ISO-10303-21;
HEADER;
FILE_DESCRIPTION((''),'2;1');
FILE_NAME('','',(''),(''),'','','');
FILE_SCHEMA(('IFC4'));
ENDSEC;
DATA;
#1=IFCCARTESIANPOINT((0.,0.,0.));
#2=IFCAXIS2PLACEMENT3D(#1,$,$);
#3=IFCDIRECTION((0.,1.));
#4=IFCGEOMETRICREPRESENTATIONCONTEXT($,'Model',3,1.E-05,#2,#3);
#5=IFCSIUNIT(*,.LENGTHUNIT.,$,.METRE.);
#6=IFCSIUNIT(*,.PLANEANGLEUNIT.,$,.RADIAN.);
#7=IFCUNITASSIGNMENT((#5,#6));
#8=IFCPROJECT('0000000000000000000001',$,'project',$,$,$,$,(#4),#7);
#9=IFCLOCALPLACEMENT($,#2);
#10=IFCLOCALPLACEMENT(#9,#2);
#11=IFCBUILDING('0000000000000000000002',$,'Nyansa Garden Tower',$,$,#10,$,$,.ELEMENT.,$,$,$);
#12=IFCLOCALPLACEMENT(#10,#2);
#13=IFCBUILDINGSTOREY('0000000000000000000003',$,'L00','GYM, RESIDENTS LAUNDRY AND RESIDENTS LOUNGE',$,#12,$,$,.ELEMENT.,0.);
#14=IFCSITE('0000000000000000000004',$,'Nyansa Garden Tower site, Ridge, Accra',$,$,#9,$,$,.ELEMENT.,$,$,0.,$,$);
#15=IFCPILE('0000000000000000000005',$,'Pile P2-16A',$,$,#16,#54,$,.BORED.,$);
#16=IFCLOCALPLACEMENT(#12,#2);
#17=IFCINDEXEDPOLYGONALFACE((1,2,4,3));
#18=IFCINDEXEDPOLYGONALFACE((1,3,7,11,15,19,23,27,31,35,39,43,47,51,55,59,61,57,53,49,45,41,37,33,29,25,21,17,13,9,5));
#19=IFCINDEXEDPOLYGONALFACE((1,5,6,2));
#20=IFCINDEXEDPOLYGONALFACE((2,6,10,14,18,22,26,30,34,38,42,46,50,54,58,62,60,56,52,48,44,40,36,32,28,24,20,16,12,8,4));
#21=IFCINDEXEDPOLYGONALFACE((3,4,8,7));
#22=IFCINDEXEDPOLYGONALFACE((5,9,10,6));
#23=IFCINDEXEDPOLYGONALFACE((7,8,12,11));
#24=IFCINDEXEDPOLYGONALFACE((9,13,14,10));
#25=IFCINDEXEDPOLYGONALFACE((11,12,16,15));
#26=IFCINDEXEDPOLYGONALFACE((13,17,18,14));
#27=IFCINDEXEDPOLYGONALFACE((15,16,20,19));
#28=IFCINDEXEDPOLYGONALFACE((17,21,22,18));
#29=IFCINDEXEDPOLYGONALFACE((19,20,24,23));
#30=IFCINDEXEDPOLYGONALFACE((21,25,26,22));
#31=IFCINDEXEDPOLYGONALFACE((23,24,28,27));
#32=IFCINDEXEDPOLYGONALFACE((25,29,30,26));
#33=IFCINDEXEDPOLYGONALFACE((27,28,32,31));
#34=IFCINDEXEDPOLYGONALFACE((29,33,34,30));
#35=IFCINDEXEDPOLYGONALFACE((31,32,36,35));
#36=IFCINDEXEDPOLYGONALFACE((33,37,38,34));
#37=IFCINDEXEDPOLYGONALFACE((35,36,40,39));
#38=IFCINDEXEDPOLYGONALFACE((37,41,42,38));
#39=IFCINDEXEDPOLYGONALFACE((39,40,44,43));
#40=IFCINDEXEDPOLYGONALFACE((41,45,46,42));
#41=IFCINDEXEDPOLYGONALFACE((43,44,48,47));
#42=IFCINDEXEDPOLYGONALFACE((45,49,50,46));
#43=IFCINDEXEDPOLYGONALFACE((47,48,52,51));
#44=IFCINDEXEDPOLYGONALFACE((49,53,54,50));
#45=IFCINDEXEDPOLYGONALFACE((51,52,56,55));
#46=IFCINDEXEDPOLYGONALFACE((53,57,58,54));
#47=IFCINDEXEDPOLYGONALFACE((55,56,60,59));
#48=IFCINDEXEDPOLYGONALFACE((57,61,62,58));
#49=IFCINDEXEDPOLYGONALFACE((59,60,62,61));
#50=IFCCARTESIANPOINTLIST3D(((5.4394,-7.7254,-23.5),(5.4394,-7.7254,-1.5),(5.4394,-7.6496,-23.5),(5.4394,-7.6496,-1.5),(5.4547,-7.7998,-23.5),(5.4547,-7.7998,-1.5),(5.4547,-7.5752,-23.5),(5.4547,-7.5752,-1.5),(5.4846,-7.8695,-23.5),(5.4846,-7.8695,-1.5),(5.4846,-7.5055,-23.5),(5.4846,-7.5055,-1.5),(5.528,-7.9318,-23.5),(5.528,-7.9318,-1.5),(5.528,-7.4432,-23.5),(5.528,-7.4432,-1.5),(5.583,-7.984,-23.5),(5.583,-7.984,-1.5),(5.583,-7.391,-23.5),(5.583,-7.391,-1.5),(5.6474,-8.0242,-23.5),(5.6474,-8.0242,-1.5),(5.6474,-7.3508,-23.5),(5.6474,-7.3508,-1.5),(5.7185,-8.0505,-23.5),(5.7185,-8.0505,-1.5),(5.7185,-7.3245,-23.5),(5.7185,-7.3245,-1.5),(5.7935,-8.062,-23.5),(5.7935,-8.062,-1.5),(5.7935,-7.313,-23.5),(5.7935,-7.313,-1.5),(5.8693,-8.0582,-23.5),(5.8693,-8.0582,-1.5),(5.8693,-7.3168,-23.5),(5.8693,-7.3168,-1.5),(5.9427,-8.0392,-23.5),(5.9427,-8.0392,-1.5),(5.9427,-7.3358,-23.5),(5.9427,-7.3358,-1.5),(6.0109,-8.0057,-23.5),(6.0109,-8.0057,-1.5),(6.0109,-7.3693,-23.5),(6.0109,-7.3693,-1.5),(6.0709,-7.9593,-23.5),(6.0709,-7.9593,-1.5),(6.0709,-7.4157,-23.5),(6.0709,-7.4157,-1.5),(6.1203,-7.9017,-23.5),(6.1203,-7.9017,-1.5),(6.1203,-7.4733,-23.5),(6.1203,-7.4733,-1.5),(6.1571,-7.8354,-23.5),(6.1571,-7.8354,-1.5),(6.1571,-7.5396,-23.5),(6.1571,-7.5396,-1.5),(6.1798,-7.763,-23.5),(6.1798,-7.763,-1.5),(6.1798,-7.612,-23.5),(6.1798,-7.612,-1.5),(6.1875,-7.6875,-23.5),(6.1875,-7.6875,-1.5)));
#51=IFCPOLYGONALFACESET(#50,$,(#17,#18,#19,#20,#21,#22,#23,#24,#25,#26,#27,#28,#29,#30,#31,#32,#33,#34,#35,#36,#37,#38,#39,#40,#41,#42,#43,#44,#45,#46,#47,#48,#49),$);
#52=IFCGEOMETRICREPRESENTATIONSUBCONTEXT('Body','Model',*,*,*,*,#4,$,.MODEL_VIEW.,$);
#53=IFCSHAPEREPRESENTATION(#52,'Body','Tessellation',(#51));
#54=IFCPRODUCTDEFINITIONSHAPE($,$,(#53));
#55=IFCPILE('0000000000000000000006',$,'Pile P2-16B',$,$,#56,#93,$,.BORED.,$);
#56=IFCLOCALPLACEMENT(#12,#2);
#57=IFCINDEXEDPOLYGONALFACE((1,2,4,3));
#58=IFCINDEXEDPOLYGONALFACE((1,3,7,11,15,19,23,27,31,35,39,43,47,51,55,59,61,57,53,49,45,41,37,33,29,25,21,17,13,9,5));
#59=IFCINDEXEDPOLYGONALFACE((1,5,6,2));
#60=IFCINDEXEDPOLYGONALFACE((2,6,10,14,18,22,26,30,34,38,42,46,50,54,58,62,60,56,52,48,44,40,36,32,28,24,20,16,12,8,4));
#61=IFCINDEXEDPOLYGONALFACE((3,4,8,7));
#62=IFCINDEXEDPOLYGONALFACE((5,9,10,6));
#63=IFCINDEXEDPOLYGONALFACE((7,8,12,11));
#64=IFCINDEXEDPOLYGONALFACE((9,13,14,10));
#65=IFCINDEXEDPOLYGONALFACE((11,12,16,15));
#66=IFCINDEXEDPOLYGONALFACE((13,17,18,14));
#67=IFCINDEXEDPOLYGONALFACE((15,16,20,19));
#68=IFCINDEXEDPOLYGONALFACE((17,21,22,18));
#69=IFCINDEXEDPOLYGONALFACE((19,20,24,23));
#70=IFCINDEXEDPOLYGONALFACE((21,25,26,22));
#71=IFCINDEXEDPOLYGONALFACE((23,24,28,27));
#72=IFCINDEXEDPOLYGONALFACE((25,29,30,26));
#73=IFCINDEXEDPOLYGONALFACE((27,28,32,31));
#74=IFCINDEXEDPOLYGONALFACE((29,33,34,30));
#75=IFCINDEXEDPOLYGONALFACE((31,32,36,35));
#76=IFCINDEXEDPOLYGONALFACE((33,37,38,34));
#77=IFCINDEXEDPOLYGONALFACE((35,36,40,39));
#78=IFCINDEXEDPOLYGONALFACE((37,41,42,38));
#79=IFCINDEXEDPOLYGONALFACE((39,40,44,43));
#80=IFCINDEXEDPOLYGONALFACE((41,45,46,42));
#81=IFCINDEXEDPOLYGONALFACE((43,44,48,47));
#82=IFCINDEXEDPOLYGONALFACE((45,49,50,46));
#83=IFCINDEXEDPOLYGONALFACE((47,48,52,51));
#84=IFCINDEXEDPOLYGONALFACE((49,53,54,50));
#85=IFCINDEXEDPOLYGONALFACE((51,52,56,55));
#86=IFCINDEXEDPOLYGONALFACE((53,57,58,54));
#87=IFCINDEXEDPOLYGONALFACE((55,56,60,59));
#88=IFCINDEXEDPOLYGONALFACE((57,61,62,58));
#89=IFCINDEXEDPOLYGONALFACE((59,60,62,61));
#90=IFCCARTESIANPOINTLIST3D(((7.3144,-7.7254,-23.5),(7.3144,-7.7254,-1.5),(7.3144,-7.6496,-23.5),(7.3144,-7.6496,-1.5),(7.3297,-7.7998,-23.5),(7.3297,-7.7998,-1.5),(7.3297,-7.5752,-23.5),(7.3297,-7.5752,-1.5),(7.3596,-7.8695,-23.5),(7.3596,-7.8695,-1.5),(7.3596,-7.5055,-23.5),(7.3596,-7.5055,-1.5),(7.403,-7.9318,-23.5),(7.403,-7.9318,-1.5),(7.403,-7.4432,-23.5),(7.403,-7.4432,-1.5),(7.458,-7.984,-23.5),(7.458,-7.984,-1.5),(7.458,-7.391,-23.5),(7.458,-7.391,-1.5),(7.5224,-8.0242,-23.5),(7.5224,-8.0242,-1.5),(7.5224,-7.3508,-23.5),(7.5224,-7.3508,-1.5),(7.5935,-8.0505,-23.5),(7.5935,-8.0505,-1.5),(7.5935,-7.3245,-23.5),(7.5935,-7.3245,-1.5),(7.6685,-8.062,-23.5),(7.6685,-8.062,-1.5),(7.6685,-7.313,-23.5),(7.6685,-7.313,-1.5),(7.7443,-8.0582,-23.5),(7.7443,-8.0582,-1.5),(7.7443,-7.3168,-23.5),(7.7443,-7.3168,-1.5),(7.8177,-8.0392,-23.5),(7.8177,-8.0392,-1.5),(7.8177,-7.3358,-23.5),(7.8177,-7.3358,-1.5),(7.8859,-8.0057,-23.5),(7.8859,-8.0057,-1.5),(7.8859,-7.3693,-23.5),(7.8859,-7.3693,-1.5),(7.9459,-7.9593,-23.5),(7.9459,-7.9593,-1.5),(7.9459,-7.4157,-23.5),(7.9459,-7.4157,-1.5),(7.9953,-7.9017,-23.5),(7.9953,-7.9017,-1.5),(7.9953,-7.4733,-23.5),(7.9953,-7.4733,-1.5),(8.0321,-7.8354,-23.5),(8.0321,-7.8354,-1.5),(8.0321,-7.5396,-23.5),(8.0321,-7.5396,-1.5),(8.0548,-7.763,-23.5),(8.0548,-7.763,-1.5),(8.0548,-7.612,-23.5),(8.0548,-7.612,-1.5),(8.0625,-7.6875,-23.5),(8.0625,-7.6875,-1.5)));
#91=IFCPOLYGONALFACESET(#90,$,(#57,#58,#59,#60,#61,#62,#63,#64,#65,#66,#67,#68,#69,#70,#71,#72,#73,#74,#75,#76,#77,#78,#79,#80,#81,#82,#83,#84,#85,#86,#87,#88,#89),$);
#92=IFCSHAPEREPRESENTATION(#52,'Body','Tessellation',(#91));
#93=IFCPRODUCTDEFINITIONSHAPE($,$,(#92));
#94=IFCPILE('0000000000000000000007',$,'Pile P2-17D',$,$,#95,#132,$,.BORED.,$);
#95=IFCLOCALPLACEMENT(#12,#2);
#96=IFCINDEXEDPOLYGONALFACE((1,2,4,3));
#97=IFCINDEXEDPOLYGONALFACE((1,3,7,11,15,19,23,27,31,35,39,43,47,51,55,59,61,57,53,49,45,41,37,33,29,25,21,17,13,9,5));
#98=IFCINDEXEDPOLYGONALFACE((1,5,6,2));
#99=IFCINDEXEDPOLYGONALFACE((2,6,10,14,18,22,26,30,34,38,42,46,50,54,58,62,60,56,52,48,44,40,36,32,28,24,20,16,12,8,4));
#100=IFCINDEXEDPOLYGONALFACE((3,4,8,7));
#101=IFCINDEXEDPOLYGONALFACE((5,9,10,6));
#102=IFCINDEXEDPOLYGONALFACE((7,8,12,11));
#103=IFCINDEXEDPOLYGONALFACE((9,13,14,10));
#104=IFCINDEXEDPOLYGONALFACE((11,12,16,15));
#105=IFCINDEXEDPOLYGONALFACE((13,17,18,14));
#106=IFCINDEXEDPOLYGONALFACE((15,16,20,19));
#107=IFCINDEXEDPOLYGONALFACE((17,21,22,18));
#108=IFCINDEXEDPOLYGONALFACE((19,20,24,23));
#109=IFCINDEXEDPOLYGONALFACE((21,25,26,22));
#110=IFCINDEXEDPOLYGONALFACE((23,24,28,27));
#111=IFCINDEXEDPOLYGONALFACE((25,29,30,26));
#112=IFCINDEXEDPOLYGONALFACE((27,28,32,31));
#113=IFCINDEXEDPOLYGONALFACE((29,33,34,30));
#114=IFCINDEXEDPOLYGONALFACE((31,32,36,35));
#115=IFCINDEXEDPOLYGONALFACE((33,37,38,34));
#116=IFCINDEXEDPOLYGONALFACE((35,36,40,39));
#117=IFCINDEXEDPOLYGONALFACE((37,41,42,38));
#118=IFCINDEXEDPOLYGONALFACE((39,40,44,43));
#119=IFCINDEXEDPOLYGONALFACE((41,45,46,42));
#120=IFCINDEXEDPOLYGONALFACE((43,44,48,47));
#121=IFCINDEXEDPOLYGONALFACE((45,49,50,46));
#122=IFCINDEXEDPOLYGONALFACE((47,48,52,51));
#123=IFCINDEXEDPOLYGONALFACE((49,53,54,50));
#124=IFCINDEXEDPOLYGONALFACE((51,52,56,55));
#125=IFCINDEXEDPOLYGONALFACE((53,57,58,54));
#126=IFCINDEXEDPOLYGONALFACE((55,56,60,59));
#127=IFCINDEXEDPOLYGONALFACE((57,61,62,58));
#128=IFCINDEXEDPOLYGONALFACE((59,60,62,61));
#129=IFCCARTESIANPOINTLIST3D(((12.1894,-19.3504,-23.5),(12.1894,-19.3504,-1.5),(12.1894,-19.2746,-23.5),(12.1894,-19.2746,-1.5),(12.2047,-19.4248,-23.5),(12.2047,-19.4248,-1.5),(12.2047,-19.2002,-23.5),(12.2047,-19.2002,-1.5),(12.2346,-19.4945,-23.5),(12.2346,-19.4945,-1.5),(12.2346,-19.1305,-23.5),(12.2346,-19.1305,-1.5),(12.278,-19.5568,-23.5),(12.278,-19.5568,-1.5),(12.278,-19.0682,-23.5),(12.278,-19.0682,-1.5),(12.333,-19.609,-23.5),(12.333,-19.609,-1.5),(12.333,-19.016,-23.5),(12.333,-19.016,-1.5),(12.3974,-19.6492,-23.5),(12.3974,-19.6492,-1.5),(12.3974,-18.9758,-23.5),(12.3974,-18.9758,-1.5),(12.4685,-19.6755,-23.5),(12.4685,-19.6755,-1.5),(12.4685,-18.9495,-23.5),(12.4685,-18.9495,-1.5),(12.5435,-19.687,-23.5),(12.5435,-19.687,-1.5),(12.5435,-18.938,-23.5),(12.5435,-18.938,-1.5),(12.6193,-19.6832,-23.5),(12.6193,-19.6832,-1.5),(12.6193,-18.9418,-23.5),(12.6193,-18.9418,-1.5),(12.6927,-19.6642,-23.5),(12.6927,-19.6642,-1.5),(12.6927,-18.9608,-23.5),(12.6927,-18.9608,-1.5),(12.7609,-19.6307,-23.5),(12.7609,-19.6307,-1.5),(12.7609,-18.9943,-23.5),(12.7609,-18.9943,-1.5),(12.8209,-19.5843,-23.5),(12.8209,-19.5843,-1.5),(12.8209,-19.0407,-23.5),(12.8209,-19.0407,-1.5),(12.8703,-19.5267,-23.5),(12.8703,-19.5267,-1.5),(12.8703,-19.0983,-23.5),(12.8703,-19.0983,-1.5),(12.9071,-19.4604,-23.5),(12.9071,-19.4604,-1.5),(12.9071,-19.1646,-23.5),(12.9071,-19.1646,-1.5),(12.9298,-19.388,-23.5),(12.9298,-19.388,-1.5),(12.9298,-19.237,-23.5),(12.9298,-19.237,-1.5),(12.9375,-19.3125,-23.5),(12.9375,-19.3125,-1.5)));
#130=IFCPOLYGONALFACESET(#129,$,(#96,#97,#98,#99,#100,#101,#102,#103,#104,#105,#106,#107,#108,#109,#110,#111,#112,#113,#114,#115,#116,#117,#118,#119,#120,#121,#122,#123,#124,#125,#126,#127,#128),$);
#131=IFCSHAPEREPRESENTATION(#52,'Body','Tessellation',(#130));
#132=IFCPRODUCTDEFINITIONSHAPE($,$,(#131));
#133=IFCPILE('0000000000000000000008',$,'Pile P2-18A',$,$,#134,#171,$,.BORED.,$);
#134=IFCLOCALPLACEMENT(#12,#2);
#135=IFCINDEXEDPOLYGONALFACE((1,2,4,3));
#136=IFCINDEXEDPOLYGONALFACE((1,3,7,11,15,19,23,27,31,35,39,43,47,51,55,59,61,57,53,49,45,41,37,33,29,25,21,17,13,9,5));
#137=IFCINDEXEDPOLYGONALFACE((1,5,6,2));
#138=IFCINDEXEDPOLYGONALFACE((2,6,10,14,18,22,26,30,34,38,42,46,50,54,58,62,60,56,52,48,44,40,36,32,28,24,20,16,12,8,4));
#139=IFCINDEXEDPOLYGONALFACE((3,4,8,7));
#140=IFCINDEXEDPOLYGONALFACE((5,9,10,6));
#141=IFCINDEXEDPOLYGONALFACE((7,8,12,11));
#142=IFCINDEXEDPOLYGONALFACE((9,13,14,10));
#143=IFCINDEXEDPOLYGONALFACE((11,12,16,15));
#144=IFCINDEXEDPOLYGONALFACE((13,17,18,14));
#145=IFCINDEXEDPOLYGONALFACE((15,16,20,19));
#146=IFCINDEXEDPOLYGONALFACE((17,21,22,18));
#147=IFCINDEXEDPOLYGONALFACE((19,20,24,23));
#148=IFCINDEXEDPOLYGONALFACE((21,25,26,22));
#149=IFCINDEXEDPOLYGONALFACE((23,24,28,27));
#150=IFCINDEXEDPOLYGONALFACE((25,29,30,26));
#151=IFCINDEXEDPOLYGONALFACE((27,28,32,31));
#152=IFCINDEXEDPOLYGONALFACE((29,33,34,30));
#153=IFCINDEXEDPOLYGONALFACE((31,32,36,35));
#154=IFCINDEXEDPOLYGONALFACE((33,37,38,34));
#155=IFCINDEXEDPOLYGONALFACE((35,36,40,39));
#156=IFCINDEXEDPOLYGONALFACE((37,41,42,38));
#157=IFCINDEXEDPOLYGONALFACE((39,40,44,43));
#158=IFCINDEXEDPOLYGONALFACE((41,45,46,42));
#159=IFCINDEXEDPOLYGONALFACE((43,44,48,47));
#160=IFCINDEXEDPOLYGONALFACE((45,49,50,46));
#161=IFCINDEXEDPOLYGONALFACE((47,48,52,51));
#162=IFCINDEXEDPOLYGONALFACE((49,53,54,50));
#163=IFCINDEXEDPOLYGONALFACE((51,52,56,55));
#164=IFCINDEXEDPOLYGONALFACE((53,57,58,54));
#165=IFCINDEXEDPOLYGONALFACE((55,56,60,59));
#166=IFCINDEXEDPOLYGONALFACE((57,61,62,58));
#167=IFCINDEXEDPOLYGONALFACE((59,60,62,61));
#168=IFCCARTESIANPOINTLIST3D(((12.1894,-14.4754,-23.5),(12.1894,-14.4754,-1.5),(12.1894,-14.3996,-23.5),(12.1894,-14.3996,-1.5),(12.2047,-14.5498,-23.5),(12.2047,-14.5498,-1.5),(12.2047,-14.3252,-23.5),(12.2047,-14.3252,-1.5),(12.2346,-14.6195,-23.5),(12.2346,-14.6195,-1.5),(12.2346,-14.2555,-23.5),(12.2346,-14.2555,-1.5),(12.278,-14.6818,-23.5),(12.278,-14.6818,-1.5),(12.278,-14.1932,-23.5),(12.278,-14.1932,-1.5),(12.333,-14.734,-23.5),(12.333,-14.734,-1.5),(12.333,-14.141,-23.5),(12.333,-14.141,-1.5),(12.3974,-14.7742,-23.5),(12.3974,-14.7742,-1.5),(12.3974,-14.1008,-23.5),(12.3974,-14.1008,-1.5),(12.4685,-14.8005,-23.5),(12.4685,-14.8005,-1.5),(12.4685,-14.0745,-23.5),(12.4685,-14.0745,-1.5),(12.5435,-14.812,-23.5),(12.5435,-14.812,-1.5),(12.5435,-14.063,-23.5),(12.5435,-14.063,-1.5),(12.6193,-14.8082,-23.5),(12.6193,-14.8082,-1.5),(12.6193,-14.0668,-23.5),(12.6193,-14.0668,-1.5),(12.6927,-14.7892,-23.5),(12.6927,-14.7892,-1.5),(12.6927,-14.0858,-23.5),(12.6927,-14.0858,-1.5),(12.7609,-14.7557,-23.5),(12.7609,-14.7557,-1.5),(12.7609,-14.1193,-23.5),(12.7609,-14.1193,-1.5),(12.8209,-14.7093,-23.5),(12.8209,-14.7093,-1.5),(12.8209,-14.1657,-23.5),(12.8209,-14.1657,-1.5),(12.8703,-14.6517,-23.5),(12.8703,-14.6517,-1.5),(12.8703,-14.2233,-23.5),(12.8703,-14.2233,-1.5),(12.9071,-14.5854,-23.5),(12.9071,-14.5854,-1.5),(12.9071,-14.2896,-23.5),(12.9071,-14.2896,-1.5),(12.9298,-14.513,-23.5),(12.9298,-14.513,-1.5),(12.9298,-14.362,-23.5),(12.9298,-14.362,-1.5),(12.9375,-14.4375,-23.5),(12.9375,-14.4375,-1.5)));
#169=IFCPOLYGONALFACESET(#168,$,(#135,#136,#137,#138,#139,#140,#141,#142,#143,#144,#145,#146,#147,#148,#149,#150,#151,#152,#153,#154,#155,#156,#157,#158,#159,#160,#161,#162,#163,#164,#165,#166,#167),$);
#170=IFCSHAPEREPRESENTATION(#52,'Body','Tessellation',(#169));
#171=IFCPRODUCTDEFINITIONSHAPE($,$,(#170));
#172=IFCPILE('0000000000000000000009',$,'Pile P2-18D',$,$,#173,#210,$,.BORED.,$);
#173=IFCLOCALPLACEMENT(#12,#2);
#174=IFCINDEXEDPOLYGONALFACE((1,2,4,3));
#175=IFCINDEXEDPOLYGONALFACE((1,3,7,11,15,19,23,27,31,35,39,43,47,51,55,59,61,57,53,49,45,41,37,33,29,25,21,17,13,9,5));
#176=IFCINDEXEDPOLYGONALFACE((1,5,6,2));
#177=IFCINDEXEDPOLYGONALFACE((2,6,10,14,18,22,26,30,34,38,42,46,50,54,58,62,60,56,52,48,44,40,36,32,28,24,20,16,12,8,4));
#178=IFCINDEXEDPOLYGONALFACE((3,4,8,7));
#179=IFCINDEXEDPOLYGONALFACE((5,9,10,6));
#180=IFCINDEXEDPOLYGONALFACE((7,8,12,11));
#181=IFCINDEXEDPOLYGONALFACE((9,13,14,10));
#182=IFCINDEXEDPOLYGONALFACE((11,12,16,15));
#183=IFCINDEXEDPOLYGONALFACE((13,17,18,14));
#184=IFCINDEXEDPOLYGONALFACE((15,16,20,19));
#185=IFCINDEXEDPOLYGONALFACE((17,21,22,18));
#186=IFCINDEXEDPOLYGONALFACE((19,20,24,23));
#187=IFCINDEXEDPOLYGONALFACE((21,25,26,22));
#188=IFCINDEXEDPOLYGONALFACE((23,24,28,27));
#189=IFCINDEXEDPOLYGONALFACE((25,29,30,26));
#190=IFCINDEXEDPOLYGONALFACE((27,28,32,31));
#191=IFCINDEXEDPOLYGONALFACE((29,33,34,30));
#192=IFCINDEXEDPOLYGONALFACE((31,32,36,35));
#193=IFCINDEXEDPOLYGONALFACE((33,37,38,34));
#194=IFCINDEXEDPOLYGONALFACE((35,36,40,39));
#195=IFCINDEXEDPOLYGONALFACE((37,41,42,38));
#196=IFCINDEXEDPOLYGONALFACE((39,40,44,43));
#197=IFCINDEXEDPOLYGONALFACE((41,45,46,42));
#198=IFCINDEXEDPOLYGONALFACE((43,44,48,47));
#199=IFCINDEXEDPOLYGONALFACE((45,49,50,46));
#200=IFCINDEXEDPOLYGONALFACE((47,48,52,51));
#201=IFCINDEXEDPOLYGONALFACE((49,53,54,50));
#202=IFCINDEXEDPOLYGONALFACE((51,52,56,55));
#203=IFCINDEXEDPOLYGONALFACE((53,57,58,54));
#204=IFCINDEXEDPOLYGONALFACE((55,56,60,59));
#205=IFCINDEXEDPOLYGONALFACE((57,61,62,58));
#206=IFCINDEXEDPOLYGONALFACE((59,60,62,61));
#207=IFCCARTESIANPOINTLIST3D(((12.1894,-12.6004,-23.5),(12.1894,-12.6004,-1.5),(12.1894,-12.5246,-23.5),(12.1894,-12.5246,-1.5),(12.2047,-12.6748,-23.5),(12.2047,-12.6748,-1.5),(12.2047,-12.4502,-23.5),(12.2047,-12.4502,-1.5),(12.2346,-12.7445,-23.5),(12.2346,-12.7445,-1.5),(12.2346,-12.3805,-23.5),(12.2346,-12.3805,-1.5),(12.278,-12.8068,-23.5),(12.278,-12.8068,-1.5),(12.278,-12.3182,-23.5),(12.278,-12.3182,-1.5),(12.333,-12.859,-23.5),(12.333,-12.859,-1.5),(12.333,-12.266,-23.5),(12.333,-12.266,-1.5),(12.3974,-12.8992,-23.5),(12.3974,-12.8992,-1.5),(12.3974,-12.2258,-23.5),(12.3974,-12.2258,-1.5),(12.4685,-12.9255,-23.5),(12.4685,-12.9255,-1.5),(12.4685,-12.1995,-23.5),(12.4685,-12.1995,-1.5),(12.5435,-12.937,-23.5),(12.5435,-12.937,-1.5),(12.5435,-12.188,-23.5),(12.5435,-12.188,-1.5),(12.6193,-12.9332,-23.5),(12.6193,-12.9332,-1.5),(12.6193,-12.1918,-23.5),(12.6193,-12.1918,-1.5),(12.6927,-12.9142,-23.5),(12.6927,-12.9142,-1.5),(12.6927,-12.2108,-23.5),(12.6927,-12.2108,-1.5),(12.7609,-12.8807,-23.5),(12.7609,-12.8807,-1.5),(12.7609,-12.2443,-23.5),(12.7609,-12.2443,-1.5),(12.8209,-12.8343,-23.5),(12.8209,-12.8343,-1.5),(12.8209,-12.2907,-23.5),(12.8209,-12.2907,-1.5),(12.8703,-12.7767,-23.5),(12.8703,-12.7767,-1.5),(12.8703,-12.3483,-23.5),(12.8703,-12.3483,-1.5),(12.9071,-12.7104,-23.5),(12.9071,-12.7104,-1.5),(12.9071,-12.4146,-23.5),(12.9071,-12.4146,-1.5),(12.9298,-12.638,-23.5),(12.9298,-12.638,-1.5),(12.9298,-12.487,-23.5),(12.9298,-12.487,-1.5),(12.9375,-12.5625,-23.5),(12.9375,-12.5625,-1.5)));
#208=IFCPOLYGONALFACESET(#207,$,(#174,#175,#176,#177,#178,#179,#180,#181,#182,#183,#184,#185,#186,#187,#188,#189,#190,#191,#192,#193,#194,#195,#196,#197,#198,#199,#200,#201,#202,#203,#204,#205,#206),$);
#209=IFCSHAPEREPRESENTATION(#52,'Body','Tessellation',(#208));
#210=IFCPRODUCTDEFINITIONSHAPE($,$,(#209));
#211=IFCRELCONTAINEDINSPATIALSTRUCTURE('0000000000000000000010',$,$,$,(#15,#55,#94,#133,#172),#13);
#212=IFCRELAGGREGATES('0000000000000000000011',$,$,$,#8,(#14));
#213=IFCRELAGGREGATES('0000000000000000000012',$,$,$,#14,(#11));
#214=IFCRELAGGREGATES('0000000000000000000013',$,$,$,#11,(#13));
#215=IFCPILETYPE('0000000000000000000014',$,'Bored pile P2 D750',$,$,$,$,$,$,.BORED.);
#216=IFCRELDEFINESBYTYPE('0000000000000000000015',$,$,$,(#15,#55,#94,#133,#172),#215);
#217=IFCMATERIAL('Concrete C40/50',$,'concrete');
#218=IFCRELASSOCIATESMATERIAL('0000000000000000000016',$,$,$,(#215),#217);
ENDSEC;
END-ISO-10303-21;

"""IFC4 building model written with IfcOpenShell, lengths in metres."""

from ifc_helpers import new_model, si_unit, direction, frame, origin, origin_2d, place, context, subcontext, project, spatial, circle, extrude, material, type_object, element, save


model = new_model("IFC4")

# Units and contexts
model_context = context("Model", 3, precision=1e-05, world=origin(), true_north=direction((0.0, 1.0)))
body_context = subcontext(model_context, "Body", "Model", "MODEL_VIEW")
ifc_project = project(units=[si_unit("LENGTHUNIT", "METRE"), si_unit("PLANEANGLEUNIT", "RADIAN")], contexts=[model_context])

# Site, building, storey
site_placement = place(None, origin())
site = spatial("IfcSite", under=ifc_project, at=site_placement, Name="Nyansa Garden Tower site, Ridge, Accra", CompositionType="ELEMENT", RefElevation=0.0)
building_placement = place(site_placement, origin())
building = spatial("IfcBuilding", under=site, at=building_placement, Name="Nyansa Garden Tower", CompositionType="ELEMENT")
storey_placement = place(building_placement, origin())
storey = spatial("IfcBuildingStorey", under=building, at=storey_placement, Name="L00", Description="GYM, RESIDENTS LAUNDRY AND RESIDENTS LOUNGE", CompositionType="ELEMENT", Elevation=0.0)

# Piles
ifc_material_1 = material(Name="Concrete C40/50", Category="concrete")
pile_type = type_object("IfcPileType", Name="Bored pile P2 D750", PredefinedType="BORED", material=ifc_material_1)
for number, where, z_axis, x_axis, name in (
    (1, (5.8125, -7.6875, -1.5), (0.0, 0.0, -1.0), (1.0, 0.0, 0.0), "Pile P2-16A"),
    (2, (7.6875, -7.6875, -1.5), (0.0, 0.0, -1.0), (1.0, 0.0, 0.0), "Pile P2-16B"),
    (3, (12.5625, -19.3125, -1.5), (0.0, 0.0, -1.0), (1.0, 0.0, 0.0), "Pile P2-17D"),
    (4, (12.5625, -14.4375, -1.5), (0.0, 0.0, -1.0), (1.0, 0.0, 0.0), "Pile P2-18A"),
    (5, (12.5625, -12.5625, -1.5), (0.0, 0.0, -1.0), (1.0, 0.0, 0.0), "Pile P2-18D"),
):
    element("IfcPile", number, at=place(storey_placement, frame(where, z_axis=z_axis, x_axis=x_axis)), inside=storey, type_object=pile_type, Name=name, PredefinedType="BORED", context=body_context, shape_type="SweptSolid", body=[
        extrude(circle(Radius=0.375, at=origin_2d()), origin(), (0.0, 0.0, 1.0), 22.0),
    ])

save(model, "model.ifc")
